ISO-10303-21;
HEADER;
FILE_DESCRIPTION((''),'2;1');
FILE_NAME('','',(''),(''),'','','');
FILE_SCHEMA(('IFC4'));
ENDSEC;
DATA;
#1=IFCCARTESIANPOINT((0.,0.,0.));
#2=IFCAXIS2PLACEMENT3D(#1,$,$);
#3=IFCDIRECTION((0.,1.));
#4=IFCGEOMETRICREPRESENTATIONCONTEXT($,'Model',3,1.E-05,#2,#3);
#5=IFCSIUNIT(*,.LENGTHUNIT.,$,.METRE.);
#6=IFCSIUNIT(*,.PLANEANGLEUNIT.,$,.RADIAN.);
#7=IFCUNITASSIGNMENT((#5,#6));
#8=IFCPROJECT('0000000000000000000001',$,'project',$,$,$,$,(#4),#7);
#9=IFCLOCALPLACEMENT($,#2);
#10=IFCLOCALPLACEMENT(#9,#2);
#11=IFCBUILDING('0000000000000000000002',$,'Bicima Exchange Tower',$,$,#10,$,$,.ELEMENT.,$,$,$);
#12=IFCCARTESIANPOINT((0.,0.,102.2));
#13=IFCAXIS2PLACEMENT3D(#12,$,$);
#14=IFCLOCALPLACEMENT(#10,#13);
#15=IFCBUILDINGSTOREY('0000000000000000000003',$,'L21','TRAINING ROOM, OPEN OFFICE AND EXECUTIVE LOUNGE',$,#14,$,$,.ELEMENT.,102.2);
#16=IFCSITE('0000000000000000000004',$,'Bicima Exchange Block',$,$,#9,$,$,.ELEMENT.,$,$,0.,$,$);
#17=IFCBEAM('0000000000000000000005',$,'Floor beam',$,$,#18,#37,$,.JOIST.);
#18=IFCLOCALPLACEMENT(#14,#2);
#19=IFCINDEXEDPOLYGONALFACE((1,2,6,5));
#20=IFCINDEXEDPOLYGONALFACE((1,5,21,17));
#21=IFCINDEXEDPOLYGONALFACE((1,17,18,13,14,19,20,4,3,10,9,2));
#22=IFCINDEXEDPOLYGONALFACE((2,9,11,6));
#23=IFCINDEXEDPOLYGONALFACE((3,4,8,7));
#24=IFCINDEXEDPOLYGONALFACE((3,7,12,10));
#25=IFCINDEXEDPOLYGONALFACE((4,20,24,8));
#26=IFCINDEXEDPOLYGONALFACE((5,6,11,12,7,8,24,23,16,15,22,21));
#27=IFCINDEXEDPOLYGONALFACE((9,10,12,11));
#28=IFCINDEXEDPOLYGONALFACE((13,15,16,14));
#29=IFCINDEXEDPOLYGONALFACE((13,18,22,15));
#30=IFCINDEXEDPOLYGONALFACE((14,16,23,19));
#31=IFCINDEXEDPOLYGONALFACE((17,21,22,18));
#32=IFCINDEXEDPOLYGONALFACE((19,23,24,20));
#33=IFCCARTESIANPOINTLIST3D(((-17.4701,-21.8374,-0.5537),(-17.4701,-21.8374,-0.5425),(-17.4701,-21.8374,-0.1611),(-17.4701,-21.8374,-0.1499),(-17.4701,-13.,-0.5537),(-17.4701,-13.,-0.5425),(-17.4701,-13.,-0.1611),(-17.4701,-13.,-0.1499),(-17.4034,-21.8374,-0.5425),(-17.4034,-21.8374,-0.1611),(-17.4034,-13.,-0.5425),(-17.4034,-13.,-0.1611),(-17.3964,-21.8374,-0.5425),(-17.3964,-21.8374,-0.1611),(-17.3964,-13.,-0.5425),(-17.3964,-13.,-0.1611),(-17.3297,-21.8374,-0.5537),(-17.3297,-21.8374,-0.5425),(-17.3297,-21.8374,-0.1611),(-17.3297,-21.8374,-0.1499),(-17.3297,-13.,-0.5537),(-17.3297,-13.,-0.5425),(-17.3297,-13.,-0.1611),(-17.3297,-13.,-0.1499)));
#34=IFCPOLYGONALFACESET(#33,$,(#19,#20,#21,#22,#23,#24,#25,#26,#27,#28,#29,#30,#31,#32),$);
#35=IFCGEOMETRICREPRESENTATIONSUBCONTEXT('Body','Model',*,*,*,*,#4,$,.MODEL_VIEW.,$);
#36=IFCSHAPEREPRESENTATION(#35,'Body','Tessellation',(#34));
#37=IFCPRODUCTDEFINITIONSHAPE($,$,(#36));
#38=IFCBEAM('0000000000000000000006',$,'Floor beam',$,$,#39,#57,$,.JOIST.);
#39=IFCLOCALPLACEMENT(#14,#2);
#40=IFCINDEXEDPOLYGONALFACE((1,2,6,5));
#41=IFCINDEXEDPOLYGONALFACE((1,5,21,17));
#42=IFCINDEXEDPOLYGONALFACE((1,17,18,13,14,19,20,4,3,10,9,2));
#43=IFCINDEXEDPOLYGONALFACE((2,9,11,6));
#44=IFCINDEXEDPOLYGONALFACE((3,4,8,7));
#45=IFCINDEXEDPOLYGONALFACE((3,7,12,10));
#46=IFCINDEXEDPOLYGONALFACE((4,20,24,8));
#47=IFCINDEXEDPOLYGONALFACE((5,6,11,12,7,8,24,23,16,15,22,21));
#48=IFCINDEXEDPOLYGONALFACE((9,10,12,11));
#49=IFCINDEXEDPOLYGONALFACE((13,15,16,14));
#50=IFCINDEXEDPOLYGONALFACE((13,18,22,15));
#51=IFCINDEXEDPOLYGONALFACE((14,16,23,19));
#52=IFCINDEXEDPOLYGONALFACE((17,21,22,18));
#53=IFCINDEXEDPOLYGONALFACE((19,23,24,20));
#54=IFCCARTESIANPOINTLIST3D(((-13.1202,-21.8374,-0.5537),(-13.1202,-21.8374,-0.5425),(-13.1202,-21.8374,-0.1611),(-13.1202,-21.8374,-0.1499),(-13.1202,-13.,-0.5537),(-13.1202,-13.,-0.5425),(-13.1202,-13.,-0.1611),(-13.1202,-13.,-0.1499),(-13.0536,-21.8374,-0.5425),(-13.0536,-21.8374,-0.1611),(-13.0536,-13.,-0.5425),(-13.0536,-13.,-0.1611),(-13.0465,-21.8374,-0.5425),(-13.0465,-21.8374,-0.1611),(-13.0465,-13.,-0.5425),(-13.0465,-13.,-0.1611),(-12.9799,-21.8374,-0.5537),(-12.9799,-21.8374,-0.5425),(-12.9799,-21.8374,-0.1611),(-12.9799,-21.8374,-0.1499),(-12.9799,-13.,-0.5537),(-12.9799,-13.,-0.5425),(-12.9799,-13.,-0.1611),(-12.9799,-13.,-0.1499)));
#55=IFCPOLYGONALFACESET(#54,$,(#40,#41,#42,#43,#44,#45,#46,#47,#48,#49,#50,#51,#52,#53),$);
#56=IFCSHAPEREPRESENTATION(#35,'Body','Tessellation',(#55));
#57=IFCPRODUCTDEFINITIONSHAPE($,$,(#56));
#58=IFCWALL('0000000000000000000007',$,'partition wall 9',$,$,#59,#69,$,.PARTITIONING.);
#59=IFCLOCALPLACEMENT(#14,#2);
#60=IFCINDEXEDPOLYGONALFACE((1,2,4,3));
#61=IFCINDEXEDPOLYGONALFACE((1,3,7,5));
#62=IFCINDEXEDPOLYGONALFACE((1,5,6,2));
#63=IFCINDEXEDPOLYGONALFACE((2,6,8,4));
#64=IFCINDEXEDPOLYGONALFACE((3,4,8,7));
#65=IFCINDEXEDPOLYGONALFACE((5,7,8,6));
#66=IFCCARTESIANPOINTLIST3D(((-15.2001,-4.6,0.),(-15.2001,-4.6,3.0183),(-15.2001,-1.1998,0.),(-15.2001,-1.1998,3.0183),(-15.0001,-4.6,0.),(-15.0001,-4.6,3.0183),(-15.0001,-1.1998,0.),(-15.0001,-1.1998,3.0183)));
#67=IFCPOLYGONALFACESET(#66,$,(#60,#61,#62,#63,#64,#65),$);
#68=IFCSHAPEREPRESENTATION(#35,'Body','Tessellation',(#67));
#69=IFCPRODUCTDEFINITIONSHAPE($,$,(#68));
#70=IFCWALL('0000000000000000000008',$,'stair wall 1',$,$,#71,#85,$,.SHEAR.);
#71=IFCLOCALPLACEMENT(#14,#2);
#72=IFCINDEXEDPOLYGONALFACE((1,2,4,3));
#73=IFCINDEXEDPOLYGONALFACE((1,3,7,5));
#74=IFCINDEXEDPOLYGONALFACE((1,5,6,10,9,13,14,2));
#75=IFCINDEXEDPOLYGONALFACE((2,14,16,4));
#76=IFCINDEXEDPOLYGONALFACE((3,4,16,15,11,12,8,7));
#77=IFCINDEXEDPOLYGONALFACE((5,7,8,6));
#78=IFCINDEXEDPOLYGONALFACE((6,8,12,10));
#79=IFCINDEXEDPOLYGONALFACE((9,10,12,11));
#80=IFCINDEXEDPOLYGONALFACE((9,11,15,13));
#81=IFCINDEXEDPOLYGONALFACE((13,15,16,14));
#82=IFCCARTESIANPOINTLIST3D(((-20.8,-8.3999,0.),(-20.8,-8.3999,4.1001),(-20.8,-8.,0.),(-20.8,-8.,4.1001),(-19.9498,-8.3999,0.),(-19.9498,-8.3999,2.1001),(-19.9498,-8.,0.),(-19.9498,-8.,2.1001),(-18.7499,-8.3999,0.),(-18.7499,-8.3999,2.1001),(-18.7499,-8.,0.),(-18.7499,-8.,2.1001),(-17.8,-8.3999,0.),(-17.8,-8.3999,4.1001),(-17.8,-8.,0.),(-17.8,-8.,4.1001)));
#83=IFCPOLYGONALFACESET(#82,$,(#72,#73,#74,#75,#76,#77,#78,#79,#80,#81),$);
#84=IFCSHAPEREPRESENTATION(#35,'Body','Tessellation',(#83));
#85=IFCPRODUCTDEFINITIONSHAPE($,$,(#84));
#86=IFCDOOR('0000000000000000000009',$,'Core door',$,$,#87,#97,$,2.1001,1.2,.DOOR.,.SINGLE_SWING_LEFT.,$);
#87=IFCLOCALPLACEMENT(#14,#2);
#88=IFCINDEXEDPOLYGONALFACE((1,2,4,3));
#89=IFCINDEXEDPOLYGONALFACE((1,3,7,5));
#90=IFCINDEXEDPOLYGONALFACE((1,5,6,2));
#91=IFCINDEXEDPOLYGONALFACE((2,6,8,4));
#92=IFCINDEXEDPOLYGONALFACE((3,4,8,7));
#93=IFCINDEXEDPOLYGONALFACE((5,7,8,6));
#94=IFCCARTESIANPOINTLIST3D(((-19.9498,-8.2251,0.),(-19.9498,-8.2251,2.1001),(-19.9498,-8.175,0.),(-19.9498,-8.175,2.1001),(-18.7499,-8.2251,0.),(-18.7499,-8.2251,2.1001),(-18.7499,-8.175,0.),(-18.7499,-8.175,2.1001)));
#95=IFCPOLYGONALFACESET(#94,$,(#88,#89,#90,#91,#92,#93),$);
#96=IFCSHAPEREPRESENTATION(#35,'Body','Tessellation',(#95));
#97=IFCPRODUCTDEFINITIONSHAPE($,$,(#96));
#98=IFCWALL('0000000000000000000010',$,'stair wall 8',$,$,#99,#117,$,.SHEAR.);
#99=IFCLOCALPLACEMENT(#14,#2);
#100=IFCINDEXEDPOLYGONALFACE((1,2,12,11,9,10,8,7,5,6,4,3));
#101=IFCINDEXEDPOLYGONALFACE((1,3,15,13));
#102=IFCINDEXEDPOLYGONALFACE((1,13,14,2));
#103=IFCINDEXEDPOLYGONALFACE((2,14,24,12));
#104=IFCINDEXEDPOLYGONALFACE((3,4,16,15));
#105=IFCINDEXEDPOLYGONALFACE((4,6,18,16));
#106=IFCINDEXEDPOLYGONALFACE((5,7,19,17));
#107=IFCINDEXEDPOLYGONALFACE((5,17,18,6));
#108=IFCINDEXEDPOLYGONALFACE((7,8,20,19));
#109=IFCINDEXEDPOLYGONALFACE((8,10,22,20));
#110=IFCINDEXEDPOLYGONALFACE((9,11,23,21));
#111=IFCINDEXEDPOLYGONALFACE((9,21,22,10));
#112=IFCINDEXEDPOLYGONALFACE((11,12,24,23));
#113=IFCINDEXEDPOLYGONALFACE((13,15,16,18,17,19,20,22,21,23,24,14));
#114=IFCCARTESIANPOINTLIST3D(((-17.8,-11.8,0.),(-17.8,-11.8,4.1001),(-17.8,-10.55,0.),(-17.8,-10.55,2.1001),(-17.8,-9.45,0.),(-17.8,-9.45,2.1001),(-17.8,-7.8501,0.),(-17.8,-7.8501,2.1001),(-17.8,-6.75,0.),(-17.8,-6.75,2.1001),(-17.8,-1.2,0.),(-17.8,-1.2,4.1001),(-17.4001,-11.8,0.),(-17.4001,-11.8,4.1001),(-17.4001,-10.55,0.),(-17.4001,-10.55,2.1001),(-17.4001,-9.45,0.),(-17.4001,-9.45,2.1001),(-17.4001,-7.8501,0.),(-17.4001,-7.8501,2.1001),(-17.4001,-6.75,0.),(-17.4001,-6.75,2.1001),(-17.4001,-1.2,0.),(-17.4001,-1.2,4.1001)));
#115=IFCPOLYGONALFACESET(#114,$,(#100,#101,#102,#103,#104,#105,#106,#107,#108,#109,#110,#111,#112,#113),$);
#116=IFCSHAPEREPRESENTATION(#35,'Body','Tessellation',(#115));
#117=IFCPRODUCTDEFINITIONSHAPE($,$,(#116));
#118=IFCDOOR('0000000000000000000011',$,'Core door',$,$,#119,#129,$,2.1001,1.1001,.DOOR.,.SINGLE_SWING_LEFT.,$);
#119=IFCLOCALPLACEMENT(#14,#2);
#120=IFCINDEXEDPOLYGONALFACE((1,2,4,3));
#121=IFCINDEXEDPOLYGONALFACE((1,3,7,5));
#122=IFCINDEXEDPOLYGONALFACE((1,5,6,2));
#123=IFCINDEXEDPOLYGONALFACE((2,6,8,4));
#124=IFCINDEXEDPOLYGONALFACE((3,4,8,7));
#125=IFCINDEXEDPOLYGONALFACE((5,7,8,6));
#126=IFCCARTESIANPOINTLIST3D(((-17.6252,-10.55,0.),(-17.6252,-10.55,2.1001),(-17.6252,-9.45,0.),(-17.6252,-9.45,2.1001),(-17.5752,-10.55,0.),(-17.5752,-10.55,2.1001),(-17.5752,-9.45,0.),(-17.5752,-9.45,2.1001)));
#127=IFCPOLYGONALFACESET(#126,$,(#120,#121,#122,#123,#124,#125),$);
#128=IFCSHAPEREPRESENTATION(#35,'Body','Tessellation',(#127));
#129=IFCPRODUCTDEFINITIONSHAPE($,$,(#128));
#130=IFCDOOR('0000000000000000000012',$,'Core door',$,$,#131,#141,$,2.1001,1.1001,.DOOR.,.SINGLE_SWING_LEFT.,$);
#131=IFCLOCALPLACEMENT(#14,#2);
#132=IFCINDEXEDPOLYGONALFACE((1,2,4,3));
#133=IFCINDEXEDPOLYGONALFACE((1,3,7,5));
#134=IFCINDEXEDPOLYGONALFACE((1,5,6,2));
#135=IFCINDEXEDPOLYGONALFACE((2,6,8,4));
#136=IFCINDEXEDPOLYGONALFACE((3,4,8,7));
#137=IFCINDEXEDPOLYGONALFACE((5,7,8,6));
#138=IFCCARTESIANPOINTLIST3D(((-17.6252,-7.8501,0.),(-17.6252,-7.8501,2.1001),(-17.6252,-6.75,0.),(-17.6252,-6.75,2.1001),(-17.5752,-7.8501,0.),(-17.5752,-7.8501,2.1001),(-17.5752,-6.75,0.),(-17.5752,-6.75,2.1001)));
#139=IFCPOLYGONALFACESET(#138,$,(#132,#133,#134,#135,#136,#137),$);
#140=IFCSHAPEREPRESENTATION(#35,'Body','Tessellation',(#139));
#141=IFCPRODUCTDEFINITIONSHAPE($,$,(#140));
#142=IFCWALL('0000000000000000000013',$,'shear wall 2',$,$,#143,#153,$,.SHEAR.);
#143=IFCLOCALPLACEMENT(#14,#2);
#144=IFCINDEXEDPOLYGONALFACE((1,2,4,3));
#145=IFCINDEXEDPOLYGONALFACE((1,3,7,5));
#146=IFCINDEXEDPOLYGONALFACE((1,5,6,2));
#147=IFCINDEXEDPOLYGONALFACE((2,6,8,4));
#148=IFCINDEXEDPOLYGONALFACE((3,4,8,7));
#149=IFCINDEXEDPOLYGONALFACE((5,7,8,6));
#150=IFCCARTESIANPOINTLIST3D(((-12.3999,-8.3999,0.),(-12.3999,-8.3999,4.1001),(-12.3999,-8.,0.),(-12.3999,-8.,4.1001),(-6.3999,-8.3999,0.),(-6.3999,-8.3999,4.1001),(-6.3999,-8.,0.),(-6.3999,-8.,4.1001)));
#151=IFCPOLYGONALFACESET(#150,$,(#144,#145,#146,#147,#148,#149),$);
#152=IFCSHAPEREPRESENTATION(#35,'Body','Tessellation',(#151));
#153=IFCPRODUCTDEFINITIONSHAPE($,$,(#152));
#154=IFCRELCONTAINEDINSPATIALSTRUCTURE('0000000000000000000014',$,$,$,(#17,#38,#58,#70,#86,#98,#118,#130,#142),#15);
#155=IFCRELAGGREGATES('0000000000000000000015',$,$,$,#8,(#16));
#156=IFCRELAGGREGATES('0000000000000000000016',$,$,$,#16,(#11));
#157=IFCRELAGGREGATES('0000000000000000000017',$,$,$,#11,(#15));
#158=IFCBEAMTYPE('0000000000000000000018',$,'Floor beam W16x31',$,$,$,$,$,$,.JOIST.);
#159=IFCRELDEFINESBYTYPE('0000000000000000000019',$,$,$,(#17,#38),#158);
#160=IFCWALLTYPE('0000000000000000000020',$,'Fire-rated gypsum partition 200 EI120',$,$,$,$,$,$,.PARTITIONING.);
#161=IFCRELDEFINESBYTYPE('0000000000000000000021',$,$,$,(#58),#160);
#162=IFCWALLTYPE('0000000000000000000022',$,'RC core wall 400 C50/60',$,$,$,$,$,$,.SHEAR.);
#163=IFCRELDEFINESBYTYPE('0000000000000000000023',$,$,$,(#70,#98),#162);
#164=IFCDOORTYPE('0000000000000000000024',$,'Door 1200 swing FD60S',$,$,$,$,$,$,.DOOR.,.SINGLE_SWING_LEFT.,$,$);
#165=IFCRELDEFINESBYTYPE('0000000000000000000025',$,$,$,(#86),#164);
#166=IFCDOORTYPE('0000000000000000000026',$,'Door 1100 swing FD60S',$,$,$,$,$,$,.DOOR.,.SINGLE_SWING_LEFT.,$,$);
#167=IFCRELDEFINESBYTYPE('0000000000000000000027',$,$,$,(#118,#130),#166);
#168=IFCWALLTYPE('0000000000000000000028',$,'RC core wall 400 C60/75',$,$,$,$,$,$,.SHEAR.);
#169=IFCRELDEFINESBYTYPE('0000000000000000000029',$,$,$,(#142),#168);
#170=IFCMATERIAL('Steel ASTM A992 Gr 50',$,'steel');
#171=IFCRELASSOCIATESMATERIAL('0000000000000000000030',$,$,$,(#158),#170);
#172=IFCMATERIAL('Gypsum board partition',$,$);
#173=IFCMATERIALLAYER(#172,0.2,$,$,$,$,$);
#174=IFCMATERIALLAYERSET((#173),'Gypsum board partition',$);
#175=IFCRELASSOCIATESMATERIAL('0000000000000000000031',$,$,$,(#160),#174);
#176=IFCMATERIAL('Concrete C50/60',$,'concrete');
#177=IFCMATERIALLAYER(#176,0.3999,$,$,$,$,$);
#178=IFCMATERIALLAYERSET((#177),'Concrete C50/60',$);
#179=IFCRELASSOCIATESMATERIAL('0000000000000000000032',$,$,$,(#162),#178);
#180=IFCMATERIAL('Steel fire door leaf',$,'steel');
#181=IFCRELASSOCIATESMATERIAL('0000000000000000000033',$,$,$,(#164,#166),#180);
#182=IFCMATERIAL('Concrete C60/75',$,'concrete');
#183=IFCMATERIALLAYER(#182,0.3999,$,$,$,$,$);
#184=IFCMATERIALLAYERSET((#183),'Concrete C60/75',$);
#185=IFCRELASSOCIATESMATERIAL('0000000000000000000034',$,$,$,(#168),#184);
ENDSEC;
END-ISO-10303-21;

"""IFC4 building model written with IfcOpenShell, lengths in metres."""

from ifc_helpers import new_model, si_unit, direction, frame, frame_2d, origin, origin_2d, place, context, subcontext, project, spatial, rectangle, i_section, extrude, material, layer, layer_set, material_profile, profile_set, type_object, element, fill, save


model = new_model("IFC4")

# Units and contexts
model_context = context("Model", 3, precision=1e-05, world=origin(), true_north=direction((0.0, 1.0)))
body_context = subcontext(model_context, "Body", "Model", "MODEL_VIEW")
ifc_project = project(units=[si_unit("LENGTHUNIT", "METRE"), si_unit("PLANEANGLEUNIT", "RADIAN")], contexts=[model_context])

# Site, building, storey
site_placement = place(None, origin())
site = spatial("IfcSite", under=ifc_project, at=site_placement, Name="Bicima Exchange Block", CompositionType="ELEMENT", RefElevation=0.0)
building_placement = place(site_placement, origin())
building = spatial("IfcBuilding", under=site, at=building_placement, Name="Bicima Exchange Tower", CompositionType="ELEMENT")
storey_placement = place(building_placement, frame((0.0, 0.0, 102.2)))
storey = spatial("IfcBuildingStorey", under=building, at=storey_placement, Name="L21", Description="TRAINING ROOM, OPEN OFFICE AND EXECUTIVE LOUNGE", CompositionType="ELEMENT", Elevation=102.2)

# Beams
ifc_material_1 = material(Name="Steel ASTM A992 Gr 50", Category="steel")
ifc_material_profile = material_profile(ifc_material_1, i_section(OverallWidth=0.1404, OverallDepth=0.4038, WebThickness=0.0071, FlangeThickness=0.0112, at=origin_2d()))
ifc_profile_set = profile_set([ifc_material_profile], Name="Steel ASTM A992 Gr 50")
beam_type = type_object("IfcBeamType", Name="Floor beam W16x31", PredefinedType="JOIST", material=ifc_profile_set)
for number, where, z_axis, x_axis, name in (
    (1, (-17.3999, -13.0, -0.3518), (0.0, -1.0, 0.0), (1.0, 0.0, 0.0), "Floor beam"),
    (2, (-13.05, -13.0, -0.3518), (0.0, -1.0, 0.0), (1.0, 0.0, 0.0), "Floor beam"),
):
    element("IfcBeam", number, at=place(storey_placement, frame(where, z_axis=z_axis, x_axis=x_axis)), inside=storey, type_object=beam_type, Name=name, PredefinedType="JOIST", context=body_context, shape_type="SweptSolid", body=[
        extrude(i_section(OverallWidth=0.1404, OverallDepth=0.4038, WebThickness=0.0071, FlangeThickness=0.0112, at=origin_2d()), origin(), (0.0, 0.0, 1.0), 8.8374),
    ])

# Wall
ifc_material_2 = material(Name="Gypsum board partition")
ifc_layer_1 = layer(ifc_material_2, 0.2)
ifc_layer_set_1 = layer_set([ifc_layer_1], Name="Gypsum board partition")
wall_type_1 = type_object("IfcWallType", Name="Fire-rated gypsum partition 200 EI120", PredefinedType="PARTITIONING", material=ifc_layer_set_1)
wall_1_placement = place(storey_placement, frame((-15.1001, -4.6001, 0.0), z_axis=(0.0, 0.0, 1.0), x_axis=(0.0, 1.0, 0.0)))
element("IfcWall", 3, at=wall_1_placement, inside=storey, type_object=wall_type_1, Name="partition wall 9", PredefinedType="PARTITIONING", context=body_context, shape_type="SweptSolid", body=[
    extrude(rectangle(XDim=3.4001, YDim=0.2, at=frame_2d((1.7002, 0.0))), origin(), (0.0, 0.0, 1.0), 3.0183),
])

# Wall, opening, door
ifc_material_3 = material(Name="Concrete C50/60", Category="concrete")
ifc_layer_2 = layer(ifc_material_3, 0.3999)
ifc_layer_set_2 = layer_set([ifc_layer_2], Name="Concrete C50/60")
wall_type_2 = type_object("IfcWallType", Name="RC core wall 400 C50/60", PredefinedType="SHEAR", material=ifc_layer_set_2)
wall_2_placement = place(storey_placement, frame((-20.8, -8.2, 0.0), z_axis=(0.0, 0.0, 1.0), x_axis=(1.0, 0.0, 0.0)))
wall_2 = element("IfcWall", 4, at=wall_2_placement, inside=storey, type_object=wall_type_2, Name="stair wall 1", PredefinedType="SHEAR", context=body_context, shape_type="SweptSolid", body=[
    extrude(rectangle(XDim=3.0, YDim=0.3999, at=frame_2d((1.5, 0.0))), origin(), (0.0, 0.0, 1.0), 4.1001),
])
opening_1_placement = place(wall_2_placement, frame((0.8501, 0.0, 0.0)))
opening_1 = element("IfcOpeningElement", 5, at=opening_1_placement, cuts=wall_2, PredefinedType="OPENING", context=body_context, shape_type="SweptSolid", body=[
    extrude(rectangle(XDim=1.2, YDim=2.1001, at=frame_2d((0.6001, 1.05))), frame((0.0, 0.2119, 0.0), z_axis=(0.0, -1.0, 0.0), x_axis=(1.0, 0.0, 0.0)), (0.0, 0.0, 1.0), 0.4238),
])
ifc_material_4 = material(Name="Steel fire door leaf", Category="steel")
door_type_1 = type_object("IfcDoorType", Name="Door 1200 swing FD60S", OperationType="SINGLE_SWING_LEFT", PredefinedType="DOOR", material=ifc_material_4)
door_1_placement = place(opening_1_placement, origin())
door_1 = element("IfcDoor", 6, at=door_1_placement, inside=storey, type_object=door_type_1, Name="Core door", OperationType="SINGLE_SWING_LEFT", OverallHeight=2.1001, OverallWidth=1.2, PredefinedType="DOOR", context=body_context, shape_type="SweptSolid", body=[
    extrude(rectangle(XDim=1.2, YDim=2.1001, at=frame_2d((0.6001, 1.05))), frame((0.0, 0.0249, 0.0), z_axis=(0.0, -1.0, 0.0), x_axis=(1.0, 0.0, 0.0)), (0.0, 0.0, 1.0), 0.05),
])
fill(opening_1, door_1)

# Wall, openings, doors
wall_3_placement = place(storey_placement, frame((-17.6001, -11.8, 0.0), z_axis=(0.0, 0.0, 1.0), x_axis=(0.0, 1.0, 0.0)))
wall_3 = element("IfcWall", 7, at=wall_3_placement, inside=storey, type_object=wall_type_2, Name="stair wall 8", PredefinedType="SHEAR", context=body_context, shape_type="SweptSolid", body=[
    extrude(rectangle(XDim=10.6001, YDim=0.3999, at=frame_2d((5.3, 0.0))), origin(), (0.0, 0.0, 1.0), 4.1001),
])
opening_2_placement = place(wall_3_placement, frame((1.25, 0.0, 0.0)))
opening_2 = element("IfcOpeningElement", 8, at=opening_2_placement, cuts=wall_3, PredefinedType="OPENING", context=body_context, shape_type="SweptSolid", body=[
    extrude(rectangle(XDim=1.1001, YDim=2.1001, at=frame_2d((0.55, 1.05))), frame((0.0, 0.2119, 0.0), z_axis=(0.0, -1.0, 0.0), x_axis=(1.0, 0.0, 0.0)), (0.0, 0.0, 1.0), 0.4238),
])
opening_3_placement = place(wall_3_placement, frame((3.95, 0.0, 0.0)))
opening_3 = element("IfcOpeningElement", 9, at=opening_3_placement, cuts=wall_3, PredefinedType="OPENING", context=body_context, shape_type="SweptSolid", body=[
    extrude(rectangle(XDim=1.1001, YDim=2.1001, at=frame_2d((0.55, 1.05))), frame((0.0, 0.2119, 0.0), z_axis=(0.0, -1.0, 0.0), x_axis=(1.0, 0.0, 0.0)), (0.0, 0.0, 1.0), 0.4238),
])
door_type_2 = type_object("IfcDoorType", Name="Door 1100 swing FD60S", OperationType="SINGLE_SWING_LEFT", PredefinedType="DOOR", material=ifc_material_4)
door_2_placement = place(opening_2_placement, frame((1.1001, 0.0, 0.0), z_axis=(0.0, 0.0, 1.0), x_axis=(-1.0, 0.0, 0.0)))
door_2 = element("IfcDoor", 10, at=door_2_placement, inside=storey, type_object=door_type_2, Name="Core door", OperationType="SINGLE_SWING_LEFT", OverallHeight=2.1001, OverallWidth=1.1001, PredefinedType="DOOR", context=body_context, shape_type="SweptSolid", body=[
    extrude(rectangle(XDim=1.1001, YDim=2.1001, at=frame_2d((0.55, 1.05))), frame((0.0, 0.0249, 0.0), z_axis=(0.0, -1.0, 0.0), x_axis=(1.0, 0.0, 0.0)), (0.0, 0.0, 1.0), 0.05),
])
fill(opening_2, door_2)
door_3_placement = place(opening_3_placement, frame((1.1001, 0.0, 0.0), z_axis=(0.0, 0.0, 1.0), x_axis=(-1.0, 0.0, 0.0)))
door_3 = element("IfcDoor", 11, at=door_3_placement, inside=storey, type_object=door_type_2, Name="Core door", OperationType="SINGLE_SWING_LEFT", OverallHeight=2.1001, OverallWidth=1.1001, PredefinedType="DOOR", context=body_context, shape_type="SweptSolid", body=[
    extrude(rectangle(XDim=1.1001, YDim=2.1001, at=frame_2d((0.55, 1.05))), frame((0.0, 0.0249, 0.0), z_axis=(0.0, -1.0, 0.0), x_axis=(1.0, 0.0, 0.0)), (0.0, 0.0, 1.0), 0.05),
])
fill(opening_3, door_3)

# Wall
ifc_material_5 = material(Name="Concrete C60/75", Category="concrete")
ifc_layer_3 = layer(ifc_material_5, 0.3999)
ifc_layer_set_3 = layer_set([ifc_layer_3], Name="Concrete C60/75")
wall_type_3 = type_object("IfcWallType", Name="RC core wall 400 C60/75", PredefinedType="SHEAR", material=ifc_layer_set_3)
wall_4_placement = place(storey_placement, frame((-12.3999, -8.2, 0.0), z_axis=(0.0, 0.0, 1.0), x_axis=(1.0, 0.0, 0.0)))
element("IfcWall", 12, at=wall_4_placement, inside=storey, type_object=wall_type_3, Name="shear wall 2", PredefinedType="SHEAR", context=body_context, shape_type="SweptSolid", body=[
    extrude(rectangle(XDim=6.0, YDim=0.3999, at=frame_2d((3.0, 0.0))), origin(), (0.0, 0.0, 1.0), 4.1001),
])

save(model, "model.ifc")
